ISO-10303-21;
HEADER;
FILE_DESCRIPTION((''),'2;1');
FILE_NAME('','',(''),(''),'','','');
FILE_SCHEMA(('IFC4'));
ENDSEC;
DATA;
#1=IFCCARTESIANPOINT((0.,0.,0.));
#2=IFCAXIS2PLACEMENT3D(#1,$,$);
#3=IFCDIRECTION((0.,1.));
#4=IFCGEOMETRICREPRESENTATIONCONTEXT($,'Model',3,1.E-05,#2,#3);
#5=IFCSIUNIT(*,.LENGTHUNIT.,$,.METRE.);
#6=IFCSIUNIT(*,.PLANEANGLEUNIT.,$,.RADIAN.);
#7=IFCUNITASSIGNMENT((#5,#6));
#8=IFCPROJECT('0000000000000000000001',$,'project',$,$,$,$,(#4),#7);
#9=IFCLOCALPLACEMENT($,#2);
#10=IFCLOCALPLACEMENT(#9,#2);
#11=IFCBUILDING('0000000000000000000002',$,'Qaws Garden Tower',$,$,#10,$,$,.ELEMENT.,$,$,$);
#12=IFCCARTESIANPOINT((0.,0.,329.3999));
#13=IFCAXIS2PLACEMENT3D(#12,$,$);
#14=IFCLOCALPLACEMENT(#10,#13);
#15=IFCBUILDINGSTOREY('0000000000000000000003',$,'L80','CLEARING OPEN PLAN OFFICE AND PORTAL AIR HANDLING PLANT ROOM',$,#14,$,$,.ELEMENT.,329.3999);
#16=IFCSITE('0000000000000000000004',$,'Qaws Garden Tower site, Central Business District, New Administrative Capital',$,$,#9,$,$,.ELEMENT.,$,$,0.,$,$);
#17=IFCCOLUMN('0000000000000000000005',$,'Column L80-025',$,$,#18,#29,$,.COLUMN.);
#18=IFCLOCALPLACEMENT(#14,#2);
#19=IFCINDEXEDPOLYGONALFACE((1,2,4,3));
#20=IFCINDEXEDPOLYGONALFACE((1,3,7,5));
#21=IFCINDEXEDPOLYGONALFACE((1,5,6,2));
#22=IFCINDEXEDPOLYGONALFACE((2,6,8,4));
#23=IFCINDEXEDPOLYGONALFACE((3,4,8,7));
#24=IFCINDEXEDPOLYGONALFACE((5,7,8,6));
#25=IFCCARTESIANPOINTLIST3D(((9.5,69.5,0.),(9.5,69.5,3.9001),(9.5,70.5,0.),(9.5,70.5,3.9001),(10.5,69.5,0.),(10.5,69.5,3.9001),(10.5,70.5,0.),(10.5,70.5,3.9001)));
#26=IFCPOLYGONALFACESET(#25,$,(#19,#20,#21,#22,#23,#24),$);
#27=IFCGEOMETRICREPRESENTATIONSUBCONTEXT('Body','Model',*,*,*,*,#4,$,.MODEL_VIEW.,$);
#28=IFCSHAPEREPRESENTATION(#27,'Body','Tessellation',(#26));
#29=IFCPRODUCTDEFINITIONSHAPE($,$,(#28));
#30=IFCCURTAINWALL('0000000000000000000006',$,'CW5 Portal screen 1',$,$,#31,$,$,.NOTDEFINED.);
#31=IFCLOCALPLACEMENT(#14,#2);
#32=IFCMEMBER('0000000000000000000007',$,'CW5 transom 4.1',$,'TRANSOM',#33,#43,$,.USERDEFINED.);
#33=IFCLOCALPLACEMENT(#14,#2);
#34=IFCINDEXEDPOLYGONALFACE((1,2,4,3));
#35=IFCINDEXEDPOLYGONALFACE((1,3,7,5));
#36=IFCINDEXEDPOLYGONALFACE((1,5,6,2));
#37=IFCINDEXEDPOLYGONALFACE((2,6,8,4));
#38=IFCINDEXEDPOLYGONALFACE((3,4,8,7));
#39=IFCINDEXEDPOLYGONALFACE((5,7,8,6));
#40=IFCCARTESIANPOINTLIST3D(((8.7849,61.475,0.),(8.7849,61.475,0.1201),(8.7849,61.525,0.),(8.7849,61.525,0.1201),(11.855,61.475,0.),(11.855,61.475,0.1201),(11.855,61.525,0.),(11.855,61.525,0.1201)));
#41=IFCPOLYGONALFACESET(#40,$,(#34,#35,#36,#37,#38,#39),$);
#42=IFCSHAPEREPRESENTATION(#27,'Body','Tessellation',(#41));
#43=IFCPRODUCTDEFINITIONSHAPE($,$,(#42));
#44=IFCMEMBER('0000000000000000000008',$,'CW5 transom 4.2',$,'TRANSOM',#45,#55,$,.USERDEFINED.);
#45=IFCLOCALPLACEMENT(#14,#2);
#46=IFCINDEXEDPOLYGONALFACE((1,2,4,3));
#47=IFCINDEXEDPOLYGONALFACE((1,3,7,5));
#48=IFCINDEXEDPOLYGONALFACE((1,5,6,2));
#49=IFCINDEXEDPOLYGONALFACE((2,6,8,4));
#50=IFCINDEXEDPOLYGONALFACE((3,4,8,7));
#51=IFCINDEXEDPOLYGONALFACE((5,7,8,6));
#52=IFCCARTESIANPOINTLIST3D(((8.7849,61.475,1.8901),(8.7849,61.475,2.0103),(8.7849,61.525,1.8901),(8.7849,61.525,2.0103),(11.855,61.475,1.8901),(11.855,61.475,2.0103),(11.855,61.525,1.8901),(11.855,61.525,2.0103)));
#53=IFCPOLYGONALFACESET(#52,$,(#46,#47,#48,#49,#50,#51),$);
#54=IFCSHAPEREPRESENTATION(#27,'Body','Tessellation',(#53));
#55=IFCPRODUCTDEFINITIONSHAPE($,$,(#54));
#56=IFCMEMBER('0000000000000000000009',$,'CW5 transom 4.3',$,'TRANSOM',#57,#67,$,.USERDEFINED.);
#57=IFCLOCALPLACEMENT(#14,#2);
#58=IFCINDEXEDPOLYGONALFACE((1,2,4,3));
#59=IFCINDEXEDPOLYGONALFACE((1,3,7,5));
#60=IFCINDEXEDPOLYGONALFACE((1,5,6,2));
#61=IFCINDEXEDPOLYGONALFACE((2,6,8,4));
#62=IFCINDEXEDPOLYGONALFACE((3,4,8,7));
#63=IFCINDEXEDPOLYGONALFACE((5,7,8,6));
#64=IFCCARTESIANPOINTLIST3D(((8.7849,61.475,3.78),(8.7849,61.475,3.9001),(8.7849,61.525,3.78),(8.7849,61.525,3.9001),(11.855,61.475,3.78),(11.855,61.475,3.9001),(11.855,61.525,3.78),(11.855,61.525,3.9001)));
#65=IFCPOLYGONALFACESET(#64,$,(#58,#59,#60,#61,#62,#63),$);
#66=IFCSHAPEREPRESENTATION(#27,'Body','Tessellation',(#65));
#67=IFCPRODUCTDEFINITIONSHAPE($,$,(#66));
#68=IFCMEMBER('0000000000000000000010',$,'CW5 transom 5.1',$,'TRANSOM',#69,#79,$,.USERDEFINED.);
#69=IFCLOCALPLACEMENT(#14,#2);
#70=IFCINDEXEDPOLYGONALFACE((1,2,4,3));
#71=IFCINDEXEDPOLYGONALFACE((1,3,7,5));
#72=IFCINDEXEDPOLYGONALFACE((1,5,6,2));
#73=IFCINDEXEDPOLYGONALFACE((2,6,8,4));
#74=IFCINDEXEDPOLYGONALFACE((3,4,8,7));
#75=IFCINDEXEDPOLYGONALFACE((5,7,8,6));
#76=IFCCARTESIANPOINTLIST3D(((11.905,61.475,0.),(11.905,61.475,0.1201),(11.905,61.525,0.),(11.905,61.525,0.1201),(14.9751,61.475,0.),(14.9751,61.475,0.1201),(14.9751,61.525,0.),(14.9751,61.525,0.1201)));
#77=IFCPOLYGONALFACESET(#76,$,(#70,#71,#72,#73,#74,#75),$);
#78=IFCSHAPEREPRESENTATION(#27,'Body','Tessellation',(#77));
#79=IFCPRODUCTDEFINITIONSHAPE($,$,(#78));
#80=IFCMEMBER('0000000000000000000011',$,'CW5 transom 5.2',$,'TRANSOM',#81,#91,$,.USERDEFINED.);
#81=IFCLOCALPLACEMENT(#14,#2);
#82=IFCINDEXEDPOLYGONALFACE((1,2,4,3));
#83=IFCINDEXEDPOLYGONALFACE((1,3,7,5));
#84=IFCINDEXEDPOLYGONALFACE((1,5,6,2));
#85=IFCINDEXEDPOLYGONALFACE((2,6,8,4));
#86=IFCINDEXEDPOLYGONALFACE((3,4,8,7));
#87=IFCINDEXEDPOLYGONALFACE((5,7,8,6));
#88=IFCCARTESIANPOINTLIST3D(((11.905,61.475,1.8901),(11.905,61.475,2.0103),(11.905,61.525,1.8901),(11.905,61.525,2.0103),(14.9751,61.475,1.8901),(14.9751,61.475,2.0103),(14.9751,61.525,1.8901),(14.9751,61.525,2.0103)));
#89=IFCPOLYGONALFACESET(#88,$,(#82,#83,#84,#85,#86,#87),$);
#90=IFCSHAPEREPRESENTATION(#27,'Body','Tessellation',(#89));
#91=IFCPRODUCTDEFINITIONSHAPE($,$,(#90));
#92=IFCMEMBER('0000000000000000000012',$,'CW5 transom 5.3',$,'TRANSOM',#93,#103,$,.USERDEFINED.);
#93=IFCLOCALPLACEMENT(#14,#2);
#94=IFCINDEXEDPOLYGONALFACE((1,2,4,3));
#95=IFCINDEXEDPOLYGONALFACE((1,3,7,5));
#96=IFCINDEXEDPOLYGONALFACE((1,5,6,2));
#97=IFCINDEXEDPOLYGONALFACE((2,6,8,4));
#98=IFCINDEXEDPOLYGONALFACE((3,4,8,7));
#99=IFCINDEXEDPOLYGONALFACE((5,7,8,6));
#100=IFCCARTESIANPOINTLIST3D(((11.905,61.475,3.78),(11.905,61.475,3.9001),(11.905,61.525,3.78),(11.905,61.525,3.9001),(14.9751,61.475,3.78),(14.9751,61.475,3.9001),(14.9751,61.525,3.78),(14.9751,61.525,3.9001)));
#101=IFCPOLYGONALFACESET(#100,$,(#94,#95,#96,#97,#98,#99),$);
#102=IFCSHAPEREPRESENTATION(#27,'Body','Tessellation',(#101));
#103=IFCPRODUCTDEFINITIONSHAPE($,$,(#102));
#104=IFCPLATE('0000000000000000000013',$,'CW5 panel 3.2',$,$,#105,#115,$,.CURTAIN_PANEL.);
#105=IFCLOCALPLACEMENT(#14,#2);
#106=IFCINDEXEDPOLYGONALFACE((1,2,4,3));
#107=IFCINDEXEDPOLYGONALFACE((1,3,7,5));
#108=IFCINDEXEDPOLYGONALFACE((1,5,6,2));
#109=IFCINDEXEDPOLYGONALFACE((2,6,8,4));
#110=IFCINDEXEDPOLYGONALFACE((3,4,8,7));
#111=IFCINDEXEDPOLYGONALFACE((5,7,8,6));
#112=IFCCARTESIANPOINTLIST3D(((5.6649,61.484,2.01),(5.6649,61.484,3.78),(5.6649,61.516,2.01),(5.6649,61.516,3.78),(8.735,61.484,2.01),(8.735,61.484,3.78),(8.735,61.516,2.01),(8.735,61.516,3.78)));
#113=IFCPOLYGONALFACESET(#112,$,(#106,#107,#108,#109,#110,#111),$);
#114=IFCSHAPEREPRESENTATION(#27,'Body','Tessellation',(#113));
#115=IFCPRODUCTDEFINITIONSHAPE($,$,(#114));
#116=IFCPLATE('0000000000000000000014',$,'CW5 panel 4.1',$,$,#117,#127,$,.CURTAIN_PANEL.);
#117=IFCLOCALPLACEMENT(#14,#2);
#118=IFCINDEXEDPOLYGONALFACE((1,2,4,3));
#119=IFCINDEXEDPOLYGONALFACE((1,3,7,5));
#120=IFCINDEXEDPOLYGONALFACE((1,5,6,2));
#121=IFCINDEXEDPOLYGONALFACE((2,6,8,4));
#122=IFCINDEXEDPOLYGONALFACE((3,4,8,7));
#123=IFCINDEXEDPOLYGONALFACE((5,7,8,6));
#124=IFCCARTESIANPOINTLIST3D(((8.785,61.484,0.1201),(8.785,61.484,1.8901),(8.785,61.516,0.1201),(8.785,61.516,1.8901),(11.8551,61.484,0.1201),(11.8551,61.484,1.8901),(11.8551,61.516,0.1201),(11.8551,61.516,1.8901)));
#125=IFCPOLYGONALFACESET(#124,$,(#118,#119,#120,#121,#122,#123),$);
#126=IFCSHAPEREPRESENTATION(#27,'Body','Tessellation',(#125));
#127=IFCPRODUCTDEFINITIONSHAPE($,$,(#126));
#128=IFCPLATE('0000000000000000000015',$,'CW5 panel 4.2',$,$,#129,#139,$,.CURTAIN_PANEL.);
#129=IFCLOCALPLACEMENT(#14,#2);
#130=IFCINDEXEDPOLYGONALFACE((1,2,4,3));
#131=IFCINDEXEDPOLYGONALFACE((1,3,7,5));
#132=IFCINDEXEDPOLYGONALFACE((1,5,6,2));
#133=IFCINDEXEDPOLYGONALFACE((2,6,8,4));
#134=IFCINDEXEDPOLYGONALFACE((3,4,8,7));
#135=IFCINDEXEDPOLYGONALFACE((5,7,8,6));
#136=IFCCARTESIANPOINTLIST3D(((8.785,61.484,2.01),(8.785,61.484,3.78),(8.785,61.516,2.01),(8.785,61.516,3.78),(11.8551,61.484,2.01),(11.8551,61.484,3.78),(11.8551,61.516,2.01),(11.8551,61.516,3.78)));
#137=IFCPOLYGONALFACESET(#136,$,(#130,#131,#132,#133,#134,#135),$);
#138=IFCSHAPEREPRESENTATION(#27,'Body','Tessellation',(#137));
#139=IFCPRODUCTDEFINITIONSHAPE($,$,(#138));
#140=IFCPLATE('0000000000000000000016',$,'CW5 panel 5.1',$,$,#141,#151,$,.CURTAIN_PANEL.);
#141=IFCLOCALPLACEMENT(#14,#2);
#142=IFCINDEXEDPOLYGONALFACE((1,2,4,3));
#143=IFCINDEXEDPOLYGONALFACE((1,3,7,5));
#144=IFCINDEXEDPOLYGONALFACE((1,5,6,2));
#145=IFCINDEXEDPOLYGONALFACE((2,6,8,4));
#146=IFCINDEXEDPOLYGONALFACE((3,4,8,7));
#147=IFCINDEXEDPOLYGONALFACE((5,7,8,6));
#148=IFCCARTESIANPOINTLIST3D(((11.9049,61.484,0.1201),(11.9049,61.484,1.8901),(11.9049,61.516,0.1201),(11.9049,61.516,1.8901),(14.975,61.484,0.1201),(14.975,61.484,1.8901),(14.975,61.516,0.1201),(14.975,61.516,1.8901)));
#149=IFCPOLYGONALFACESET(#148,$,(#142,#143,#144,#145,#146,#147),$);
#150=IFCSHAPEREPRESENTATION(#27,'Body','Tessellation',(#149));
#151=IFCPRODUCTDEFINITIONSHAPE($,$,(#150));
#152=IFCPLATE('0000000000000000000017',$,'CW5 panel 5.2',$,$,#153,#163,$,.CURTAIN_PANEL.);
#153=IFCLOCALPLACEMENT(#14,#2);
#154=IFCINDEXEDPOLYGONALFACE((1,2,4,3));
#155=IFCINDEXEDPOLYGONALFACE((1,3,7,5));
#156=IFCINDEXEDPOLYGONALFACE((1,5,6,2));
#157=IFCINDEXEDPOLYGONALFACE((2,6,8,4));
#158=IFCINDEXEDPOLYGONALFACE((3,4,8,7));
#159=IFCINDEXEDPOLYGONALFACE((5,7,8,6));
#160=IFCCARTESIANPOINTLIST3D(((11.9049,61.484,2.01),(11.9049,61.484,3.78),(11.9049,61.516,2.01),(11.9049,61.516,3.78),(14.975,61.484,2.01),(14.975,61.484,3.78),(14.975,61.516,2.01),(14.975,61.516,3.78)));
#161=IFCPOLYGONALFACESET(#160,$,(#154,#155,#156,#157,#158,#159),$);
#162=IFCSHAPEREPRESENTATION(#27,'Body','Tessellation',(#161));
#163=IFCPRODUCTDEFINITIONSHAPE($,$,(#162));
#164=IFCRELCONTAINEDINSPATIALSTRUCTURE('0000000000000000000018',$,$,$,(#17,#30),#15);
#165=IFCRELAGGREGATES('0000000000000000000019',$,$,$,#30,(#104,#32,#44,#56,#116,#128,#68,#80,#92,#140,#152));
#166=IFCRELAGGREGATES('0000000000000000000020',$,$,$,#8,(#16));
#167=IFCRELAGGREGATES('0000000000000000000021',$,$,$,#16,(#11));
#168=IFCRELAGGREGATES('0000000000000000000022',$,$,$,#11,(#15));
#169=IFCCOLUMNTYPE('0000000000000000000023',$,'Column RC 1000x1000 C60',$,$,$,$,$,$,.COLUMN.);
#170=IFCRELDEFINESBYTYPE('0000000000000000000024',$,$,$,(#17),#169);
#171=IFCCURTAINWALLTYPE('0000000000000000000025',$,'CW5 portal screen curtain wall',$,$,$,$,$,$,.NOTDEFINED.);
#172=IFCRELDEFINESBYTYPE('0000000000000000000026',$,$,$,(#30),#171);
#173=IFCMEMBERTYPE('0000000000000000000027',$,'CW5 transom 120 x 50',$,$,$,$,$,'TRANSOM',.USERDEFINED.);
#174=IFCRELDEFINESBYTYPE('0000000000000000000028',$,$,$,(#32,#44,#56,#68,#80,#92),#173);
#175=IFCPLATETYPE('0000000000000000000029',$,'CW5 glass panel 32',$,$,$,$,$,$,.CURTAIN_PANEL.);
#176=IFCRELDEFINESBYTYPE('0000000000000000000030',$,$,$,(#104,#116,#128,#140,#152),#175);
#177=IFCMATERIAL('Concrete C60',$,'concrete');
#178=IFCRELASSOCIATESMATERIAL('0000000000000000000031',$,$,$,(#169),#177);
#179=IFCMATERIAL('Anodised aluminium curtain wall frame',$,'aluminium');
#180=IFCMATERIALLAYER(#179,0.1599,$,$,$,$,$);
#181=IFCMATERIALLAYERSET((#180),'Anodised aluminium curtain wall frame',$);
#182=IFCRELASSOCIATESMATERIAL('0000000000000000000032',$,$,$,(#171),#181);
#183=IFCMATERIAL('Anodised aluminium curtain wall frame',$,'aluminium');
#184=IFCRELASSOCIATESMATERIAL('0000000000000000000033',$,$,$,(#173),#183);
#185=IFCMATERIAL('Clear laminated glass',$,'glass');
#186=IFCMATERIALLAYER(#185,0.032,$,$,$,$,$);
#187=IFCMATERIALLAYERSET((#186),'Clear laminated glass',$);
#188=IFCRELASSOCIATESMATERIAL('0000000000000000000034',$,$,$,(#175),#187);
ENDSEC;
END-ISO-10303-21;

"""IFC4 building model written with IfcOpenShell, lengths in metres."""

from ifc_helpers import new_model, si_unit, direction, frame, origin, origin_2d, place, context, subcontext, project, spatial, rectangle, extrude, material, layer, layer_set, material_profile, profile_set, type_object, element, aggregate, save


model = new_model("IFC4")

# Units and contexts
model_context = context("Model", 3, precision=1e-05, world=origin(), true_north=direction((0.0, 1.0)))
body_context = subcontext(model_context, "Body", "Model", "MODEL_VIEW")
ifc_project = project(units=[si_unit("LENGTHUNIT", "METRE"), si_unit("PLANEANGLEUNIT", "RADIAN")], contexts=[model_context])

# Site, building, storey
site_placement = place(None, origin())
site = spatial("IfcSite", under=ifc_project, at=site_placement, Name="Qaws Garden Tower site, Central Business District, New Administrative Capital", CompositionType="ELEMENT", RefElevation=0.0)
building_placement = place(site_placement, origin())
building = spatial("IfcBuilding", under=site, at=building_placement, Name="Qaws Garden Tower", CompositionType="ELEMENT")
storey_placement = place(building_placement, frame((0.0, 0.0, 329.3999)))
storey = spatial("IfcBuildingStorey", under=building, at=storey_placement, Name="L80", Description="CLEARING OPEN PLAN OFFICE AND PORTAL AIR HANDLING PLANT ROOM", CompositionType="ELEMENT", Elevation=329.3999)

# Column
ifc_material_1 = material(Name="Concrete C60", Category="concrete")
ifc_material_profile_1 = material_profile(ifc_material_1, rectangle(XDim=1.0, YDim=1.0, at=origin_2d()), Name="RC 1000x1000")
ifc_profile_set_1 = profile_set([ifc_material_profile_1], Name="Concrete C60")
column_type = type_object("IfcColumnType", Name="Column RC 1000x1000 C60", PredefinedType="COLUMN", material=ifc_profile_set_1)
column_placement = place(storey_placement, frame((10.0, 70.0, 0.0), z_axis=(0.0, 0.0, 1.0), x_axis=(1.0, 0.0, 0.0)))
element("IfcColumn", 1, at=column_placement, inside=storey, type_object=column_type, Name="Column L80-025", PredefinedType="COLUMN", context=body_context, shape_type="SweptSolid", body=[
    extrude(rectangle(XDim=1.0, YDim=1.0, at=origin_2d()), origin(), (0.0, 0.0, 1.0), 3.9001),
])

# Curtain wall, members, plates
ifc_material_2 = material(Name="Anodised aluminium curtain wall frame", Category="aluminium")
ifc_layer_1 = layer(ifc_material_2, 0.1599)
ifc_layer_set_1 = layer_set([ifc_layer_1], Name="Anodised aluminium curtain wall frame")
curtain_wall_type = type_object("IfcCurtainWallType", Name="CW5 portal screen curtain wall", PredefinedType="NOTDEFINED", material=ifc_layer_set_1)
placement = place(storey_placement, origin())
curtain_wall = element("IfcCurtainWall", 2, at=placement, inside=storey, type_object=curtain_wall_type, Name="CW5 Portal screen 1", PredefinedType="NOTDEFINED")
ifc_material_3 = material(Name="Anodised aluminium curtain wall frame", Category="aluminium")
ifc_material_profile_2 = material_profile(ifc_material_3, rectangle(XDim=0.05, YDim=0.1201, at=origin_2d()), Name="AL 50x120")
ifc_profile_set_2 = profile_set([ifc_material_profile_2], Name="Anodised aluminium curtain wall frame")
member_type = type_object("IfcMemberType", Name="CW5 transom 120 x 50", ElementType="TRANSOM", PredefinedType="USERDEFINED", material=ifc_profile_set_2)
member_1_placement = place(storey_placement, frame((8.7849, 61.5, 0.0601), z_axis=(1.0, 0.0, 0.0), x_axis=(0.0, 1.0, 0.0)))
member_1 = element("IfcMember", 3, at=member_1_placement, type_object=member_type, Name="CW5 transom 4.1", ObjectType="TRANSOM", PredefinedType="USERDEFINED", context=body_context, shape_type="SweptSolid", body=[
    extrude(rectangle(XDim=0.05, YDim=0.1201, at=origin_2d()), origin(), (0.0, 0.0, 1.0), 3.0701),
])
member_2_placement = place(storey_placement, frame((8.7849, 61.5, 1.9502), z_axis=(1.0, 0.0, 0.0), x_axis=(0.0, 1.0, 0.0)))
member_2 = element("IfcMember", 4, at=member_2_placement, type_object=member_type, Name="CW5 transom 4.2", ObjectType="TRANSOM", PredefinedType="USERDEFINED", context=body_context, shape_type="SweptSolid", body=[
    extrude(rectangle(XDim=0.05, YDim=0.1201, at=origin_2d()), origin(), (0.0, 0.0, 1.0), 3.0701),
])
member_3_placement = place(storey_placement, frame((8.7849, 61.5, 3.8401), z_axis=(1.0, 0.0, 0.0), x_axis=(0.0, 1.0, 0.0)))
member_3 = element("IfcMember", 5, at=member_3_placement, type_object=member_type, Name="CW5 transom 4.3", ObjectType="TRANSOM", PredefinedType="USERDEFINED", context=body_context, shape_type="SweptSolid", body=[
    extrude(rectangle(XDim=0.05, YDim=0.1201, at=origin_2d()), origin(), (0.0, 0.0, 1.0), 3.0701),
])
member_4_placement = place(storey_placement, frame((11.905, 61.5, 0.0601), z_axis=(1.0, 0.0, 0.0), x_axis=(0.0, 1.0, 0.0)))
member_4 = element("IfcMember", 6, at=member_4_placement, type_object=member_type, Name="CW5 transom 5.1", ObjectType="TRANSOM", PredefinedType="USERDEFINED", context=body_context, shape_type="SweptSolid", body=[
    extrude(rectangle(XDim=0.05, YDim=0.1201, at=origin_2d()), origin(), (0.0, 0.0, 1.0), 3.0701),
])
member_5_placement = place(storey_placement, frame((11.905, 61.5, 1.9502), z_axis=(1.0, 0.0, 0.0), x_axis=(0.0, 1.0, 0.0)))
member_5 = element("IfcMember", 7, at=member_5_placement, type_object=member_type, Name="CW5 transom 5.2", ObjectType="TRANSOM", PredefinedType="USERDEFINED", context=body_context, shape_type="SweptSolid", body=[
    extrude(rectangle(XDim=0.05, YDim=0.1201, at=origin_2d()), origin(), (0.0, 0.0, 1.0), 3.0701),
])
member_6_placement = place(storey_placement, frame((11.905, 61.5, 3.8401), z_axis=(1.0, 0.0, 0.0), x_axis=(0.0, 1.0, 0.0)))
member_6 = element("IfcMember", 8, at=member_6_placement, type_object=member_type, Name="CW5 transom 5.3", ObjectType="TRANSOM", PredefinedType="USERDEFINED", context=body_context, shape_type="SweptSolid", body=[
    extrude(rectangle(XDim=0.05, YDim=0.1201, at=origin_2d()), origin(), (0.0, 0.0, 1.0), 3.0701),
])
ifc_material_4 = material(Name="Clear laminated glass", Category="glass")
ifc_layer_2 = layer(ifc_material_4, 0.032)
ifc_layer_set_2 = layer_set([ifc_layer_2], Name="Clear laminated glass")
plate_type = type_object("IfcPlateType", Name="CW5 glass panel 32", PredefinedType="CURTAIN_PANEL", material=ifc_layer_set_2)
plate_1_placement = place(storey_placement, frame((7.2, 61.5, 2.01), z_axis=(0.0, 0.0, 1.0), x_axis=(1.0, 0.0, 0.0)))
plate_1 = element("IfcPlate", 9, at=plate_1_placement, type_object=plate_type, Name="CW5 panel 3.2", PredefinedType="CURTAIN_PANEL", context=body_context, shape_type="SweptSolid", body=[
    extrude(rectangle(XDim=3.0701, YDim=0.032, at=origin_2d()), origin(), (0.0, 0.0, 1.0), 1.77),
])
plate_2_placement = place(storey_placement, frame((10.3201, 61.5, 0.1201), z_axis=(0.0, 0.0, 1.0), x_axis=(1.0, 0.0, 0.0)))
plate_2 = element("IfcPlate", 10, at=plate_2_placement, type_object=plate_type, Name="CW5 panel 4.1", PredefinedType="CURTAIN_PANEL", context=body_context, shape_type="SweptSolid", body=[
    extrude(rectangle(XDim=3.0701, YDim=0.032, at=origin_2d()), origin(), (0.0, 0.0, 1.0), 1.77),
])
plate_3_placement = place(storey_placement, frame((10.3201, 61.5, 2.01), z_axis=(0.0, 0.0, 1.0), x_axis=(1.0, 0.0, 0.0)))
plate_3 = element("IfcPlate", 11, at=plate_3_placement, type_object=plate_type, Name="CW5 panel 4.2", PredefinedType="CURTAIN_PANEL", context=body_context, shape_type="SweptSolid", body=[
    extrude(rectangle(XDim=3.0701, YDim=0.032, at=origin_2d()), origin(), (0.0, 0.0, 1.0), 1.77),
])
plate_4_placement = place(storey_placement, frame((13.4399, 61.5, 0.1201), z_axis=(0.0, 0.0, 1.0), x_axis=(1.0, 0.0, 0.0)))
plate_4 = element("IfcPlate", 12, at=plate_4_placement, type_object=plate_type, Name="CW5 panel 5.1", PredefinedType="CURTAIN_PANEL", context=body_context, shape_type="SweptSolid", body=[
    extrude(rectangle(XDim=3.0701, YDim=0.032, at=origin_2d()), origin(), (0.0, 0.0, 1.0), 1.77),
])
plate_5_placement = place(storey_placement, frame((13.4399, 61.5, 2.01), z_axis=(0.0, 0.0, 1.0), x_axis=(1.0, 0.0, 0.0)))
plate_5 = element("IfcPlate", 13, at=plate_5_placement, type_object=plate_type, Name="CW5 panel 5.2", PredefinedType="CURTAIN_PANEL", context=body_context, shape_type="SweptSolid", body=[
    extrude(rectangle(XDim=3.0701, YDim=0.032, at=origin_2d()), origin(), (0.0, 0.0, 1.0), 1.77),
])
aggregate(curtain_wall, [plate_1, member_1, member_2, member_3, plate_2, plate_3, member_4, member_5, member_6, plate_4, plate_5])

save(model, "model.ifc")
